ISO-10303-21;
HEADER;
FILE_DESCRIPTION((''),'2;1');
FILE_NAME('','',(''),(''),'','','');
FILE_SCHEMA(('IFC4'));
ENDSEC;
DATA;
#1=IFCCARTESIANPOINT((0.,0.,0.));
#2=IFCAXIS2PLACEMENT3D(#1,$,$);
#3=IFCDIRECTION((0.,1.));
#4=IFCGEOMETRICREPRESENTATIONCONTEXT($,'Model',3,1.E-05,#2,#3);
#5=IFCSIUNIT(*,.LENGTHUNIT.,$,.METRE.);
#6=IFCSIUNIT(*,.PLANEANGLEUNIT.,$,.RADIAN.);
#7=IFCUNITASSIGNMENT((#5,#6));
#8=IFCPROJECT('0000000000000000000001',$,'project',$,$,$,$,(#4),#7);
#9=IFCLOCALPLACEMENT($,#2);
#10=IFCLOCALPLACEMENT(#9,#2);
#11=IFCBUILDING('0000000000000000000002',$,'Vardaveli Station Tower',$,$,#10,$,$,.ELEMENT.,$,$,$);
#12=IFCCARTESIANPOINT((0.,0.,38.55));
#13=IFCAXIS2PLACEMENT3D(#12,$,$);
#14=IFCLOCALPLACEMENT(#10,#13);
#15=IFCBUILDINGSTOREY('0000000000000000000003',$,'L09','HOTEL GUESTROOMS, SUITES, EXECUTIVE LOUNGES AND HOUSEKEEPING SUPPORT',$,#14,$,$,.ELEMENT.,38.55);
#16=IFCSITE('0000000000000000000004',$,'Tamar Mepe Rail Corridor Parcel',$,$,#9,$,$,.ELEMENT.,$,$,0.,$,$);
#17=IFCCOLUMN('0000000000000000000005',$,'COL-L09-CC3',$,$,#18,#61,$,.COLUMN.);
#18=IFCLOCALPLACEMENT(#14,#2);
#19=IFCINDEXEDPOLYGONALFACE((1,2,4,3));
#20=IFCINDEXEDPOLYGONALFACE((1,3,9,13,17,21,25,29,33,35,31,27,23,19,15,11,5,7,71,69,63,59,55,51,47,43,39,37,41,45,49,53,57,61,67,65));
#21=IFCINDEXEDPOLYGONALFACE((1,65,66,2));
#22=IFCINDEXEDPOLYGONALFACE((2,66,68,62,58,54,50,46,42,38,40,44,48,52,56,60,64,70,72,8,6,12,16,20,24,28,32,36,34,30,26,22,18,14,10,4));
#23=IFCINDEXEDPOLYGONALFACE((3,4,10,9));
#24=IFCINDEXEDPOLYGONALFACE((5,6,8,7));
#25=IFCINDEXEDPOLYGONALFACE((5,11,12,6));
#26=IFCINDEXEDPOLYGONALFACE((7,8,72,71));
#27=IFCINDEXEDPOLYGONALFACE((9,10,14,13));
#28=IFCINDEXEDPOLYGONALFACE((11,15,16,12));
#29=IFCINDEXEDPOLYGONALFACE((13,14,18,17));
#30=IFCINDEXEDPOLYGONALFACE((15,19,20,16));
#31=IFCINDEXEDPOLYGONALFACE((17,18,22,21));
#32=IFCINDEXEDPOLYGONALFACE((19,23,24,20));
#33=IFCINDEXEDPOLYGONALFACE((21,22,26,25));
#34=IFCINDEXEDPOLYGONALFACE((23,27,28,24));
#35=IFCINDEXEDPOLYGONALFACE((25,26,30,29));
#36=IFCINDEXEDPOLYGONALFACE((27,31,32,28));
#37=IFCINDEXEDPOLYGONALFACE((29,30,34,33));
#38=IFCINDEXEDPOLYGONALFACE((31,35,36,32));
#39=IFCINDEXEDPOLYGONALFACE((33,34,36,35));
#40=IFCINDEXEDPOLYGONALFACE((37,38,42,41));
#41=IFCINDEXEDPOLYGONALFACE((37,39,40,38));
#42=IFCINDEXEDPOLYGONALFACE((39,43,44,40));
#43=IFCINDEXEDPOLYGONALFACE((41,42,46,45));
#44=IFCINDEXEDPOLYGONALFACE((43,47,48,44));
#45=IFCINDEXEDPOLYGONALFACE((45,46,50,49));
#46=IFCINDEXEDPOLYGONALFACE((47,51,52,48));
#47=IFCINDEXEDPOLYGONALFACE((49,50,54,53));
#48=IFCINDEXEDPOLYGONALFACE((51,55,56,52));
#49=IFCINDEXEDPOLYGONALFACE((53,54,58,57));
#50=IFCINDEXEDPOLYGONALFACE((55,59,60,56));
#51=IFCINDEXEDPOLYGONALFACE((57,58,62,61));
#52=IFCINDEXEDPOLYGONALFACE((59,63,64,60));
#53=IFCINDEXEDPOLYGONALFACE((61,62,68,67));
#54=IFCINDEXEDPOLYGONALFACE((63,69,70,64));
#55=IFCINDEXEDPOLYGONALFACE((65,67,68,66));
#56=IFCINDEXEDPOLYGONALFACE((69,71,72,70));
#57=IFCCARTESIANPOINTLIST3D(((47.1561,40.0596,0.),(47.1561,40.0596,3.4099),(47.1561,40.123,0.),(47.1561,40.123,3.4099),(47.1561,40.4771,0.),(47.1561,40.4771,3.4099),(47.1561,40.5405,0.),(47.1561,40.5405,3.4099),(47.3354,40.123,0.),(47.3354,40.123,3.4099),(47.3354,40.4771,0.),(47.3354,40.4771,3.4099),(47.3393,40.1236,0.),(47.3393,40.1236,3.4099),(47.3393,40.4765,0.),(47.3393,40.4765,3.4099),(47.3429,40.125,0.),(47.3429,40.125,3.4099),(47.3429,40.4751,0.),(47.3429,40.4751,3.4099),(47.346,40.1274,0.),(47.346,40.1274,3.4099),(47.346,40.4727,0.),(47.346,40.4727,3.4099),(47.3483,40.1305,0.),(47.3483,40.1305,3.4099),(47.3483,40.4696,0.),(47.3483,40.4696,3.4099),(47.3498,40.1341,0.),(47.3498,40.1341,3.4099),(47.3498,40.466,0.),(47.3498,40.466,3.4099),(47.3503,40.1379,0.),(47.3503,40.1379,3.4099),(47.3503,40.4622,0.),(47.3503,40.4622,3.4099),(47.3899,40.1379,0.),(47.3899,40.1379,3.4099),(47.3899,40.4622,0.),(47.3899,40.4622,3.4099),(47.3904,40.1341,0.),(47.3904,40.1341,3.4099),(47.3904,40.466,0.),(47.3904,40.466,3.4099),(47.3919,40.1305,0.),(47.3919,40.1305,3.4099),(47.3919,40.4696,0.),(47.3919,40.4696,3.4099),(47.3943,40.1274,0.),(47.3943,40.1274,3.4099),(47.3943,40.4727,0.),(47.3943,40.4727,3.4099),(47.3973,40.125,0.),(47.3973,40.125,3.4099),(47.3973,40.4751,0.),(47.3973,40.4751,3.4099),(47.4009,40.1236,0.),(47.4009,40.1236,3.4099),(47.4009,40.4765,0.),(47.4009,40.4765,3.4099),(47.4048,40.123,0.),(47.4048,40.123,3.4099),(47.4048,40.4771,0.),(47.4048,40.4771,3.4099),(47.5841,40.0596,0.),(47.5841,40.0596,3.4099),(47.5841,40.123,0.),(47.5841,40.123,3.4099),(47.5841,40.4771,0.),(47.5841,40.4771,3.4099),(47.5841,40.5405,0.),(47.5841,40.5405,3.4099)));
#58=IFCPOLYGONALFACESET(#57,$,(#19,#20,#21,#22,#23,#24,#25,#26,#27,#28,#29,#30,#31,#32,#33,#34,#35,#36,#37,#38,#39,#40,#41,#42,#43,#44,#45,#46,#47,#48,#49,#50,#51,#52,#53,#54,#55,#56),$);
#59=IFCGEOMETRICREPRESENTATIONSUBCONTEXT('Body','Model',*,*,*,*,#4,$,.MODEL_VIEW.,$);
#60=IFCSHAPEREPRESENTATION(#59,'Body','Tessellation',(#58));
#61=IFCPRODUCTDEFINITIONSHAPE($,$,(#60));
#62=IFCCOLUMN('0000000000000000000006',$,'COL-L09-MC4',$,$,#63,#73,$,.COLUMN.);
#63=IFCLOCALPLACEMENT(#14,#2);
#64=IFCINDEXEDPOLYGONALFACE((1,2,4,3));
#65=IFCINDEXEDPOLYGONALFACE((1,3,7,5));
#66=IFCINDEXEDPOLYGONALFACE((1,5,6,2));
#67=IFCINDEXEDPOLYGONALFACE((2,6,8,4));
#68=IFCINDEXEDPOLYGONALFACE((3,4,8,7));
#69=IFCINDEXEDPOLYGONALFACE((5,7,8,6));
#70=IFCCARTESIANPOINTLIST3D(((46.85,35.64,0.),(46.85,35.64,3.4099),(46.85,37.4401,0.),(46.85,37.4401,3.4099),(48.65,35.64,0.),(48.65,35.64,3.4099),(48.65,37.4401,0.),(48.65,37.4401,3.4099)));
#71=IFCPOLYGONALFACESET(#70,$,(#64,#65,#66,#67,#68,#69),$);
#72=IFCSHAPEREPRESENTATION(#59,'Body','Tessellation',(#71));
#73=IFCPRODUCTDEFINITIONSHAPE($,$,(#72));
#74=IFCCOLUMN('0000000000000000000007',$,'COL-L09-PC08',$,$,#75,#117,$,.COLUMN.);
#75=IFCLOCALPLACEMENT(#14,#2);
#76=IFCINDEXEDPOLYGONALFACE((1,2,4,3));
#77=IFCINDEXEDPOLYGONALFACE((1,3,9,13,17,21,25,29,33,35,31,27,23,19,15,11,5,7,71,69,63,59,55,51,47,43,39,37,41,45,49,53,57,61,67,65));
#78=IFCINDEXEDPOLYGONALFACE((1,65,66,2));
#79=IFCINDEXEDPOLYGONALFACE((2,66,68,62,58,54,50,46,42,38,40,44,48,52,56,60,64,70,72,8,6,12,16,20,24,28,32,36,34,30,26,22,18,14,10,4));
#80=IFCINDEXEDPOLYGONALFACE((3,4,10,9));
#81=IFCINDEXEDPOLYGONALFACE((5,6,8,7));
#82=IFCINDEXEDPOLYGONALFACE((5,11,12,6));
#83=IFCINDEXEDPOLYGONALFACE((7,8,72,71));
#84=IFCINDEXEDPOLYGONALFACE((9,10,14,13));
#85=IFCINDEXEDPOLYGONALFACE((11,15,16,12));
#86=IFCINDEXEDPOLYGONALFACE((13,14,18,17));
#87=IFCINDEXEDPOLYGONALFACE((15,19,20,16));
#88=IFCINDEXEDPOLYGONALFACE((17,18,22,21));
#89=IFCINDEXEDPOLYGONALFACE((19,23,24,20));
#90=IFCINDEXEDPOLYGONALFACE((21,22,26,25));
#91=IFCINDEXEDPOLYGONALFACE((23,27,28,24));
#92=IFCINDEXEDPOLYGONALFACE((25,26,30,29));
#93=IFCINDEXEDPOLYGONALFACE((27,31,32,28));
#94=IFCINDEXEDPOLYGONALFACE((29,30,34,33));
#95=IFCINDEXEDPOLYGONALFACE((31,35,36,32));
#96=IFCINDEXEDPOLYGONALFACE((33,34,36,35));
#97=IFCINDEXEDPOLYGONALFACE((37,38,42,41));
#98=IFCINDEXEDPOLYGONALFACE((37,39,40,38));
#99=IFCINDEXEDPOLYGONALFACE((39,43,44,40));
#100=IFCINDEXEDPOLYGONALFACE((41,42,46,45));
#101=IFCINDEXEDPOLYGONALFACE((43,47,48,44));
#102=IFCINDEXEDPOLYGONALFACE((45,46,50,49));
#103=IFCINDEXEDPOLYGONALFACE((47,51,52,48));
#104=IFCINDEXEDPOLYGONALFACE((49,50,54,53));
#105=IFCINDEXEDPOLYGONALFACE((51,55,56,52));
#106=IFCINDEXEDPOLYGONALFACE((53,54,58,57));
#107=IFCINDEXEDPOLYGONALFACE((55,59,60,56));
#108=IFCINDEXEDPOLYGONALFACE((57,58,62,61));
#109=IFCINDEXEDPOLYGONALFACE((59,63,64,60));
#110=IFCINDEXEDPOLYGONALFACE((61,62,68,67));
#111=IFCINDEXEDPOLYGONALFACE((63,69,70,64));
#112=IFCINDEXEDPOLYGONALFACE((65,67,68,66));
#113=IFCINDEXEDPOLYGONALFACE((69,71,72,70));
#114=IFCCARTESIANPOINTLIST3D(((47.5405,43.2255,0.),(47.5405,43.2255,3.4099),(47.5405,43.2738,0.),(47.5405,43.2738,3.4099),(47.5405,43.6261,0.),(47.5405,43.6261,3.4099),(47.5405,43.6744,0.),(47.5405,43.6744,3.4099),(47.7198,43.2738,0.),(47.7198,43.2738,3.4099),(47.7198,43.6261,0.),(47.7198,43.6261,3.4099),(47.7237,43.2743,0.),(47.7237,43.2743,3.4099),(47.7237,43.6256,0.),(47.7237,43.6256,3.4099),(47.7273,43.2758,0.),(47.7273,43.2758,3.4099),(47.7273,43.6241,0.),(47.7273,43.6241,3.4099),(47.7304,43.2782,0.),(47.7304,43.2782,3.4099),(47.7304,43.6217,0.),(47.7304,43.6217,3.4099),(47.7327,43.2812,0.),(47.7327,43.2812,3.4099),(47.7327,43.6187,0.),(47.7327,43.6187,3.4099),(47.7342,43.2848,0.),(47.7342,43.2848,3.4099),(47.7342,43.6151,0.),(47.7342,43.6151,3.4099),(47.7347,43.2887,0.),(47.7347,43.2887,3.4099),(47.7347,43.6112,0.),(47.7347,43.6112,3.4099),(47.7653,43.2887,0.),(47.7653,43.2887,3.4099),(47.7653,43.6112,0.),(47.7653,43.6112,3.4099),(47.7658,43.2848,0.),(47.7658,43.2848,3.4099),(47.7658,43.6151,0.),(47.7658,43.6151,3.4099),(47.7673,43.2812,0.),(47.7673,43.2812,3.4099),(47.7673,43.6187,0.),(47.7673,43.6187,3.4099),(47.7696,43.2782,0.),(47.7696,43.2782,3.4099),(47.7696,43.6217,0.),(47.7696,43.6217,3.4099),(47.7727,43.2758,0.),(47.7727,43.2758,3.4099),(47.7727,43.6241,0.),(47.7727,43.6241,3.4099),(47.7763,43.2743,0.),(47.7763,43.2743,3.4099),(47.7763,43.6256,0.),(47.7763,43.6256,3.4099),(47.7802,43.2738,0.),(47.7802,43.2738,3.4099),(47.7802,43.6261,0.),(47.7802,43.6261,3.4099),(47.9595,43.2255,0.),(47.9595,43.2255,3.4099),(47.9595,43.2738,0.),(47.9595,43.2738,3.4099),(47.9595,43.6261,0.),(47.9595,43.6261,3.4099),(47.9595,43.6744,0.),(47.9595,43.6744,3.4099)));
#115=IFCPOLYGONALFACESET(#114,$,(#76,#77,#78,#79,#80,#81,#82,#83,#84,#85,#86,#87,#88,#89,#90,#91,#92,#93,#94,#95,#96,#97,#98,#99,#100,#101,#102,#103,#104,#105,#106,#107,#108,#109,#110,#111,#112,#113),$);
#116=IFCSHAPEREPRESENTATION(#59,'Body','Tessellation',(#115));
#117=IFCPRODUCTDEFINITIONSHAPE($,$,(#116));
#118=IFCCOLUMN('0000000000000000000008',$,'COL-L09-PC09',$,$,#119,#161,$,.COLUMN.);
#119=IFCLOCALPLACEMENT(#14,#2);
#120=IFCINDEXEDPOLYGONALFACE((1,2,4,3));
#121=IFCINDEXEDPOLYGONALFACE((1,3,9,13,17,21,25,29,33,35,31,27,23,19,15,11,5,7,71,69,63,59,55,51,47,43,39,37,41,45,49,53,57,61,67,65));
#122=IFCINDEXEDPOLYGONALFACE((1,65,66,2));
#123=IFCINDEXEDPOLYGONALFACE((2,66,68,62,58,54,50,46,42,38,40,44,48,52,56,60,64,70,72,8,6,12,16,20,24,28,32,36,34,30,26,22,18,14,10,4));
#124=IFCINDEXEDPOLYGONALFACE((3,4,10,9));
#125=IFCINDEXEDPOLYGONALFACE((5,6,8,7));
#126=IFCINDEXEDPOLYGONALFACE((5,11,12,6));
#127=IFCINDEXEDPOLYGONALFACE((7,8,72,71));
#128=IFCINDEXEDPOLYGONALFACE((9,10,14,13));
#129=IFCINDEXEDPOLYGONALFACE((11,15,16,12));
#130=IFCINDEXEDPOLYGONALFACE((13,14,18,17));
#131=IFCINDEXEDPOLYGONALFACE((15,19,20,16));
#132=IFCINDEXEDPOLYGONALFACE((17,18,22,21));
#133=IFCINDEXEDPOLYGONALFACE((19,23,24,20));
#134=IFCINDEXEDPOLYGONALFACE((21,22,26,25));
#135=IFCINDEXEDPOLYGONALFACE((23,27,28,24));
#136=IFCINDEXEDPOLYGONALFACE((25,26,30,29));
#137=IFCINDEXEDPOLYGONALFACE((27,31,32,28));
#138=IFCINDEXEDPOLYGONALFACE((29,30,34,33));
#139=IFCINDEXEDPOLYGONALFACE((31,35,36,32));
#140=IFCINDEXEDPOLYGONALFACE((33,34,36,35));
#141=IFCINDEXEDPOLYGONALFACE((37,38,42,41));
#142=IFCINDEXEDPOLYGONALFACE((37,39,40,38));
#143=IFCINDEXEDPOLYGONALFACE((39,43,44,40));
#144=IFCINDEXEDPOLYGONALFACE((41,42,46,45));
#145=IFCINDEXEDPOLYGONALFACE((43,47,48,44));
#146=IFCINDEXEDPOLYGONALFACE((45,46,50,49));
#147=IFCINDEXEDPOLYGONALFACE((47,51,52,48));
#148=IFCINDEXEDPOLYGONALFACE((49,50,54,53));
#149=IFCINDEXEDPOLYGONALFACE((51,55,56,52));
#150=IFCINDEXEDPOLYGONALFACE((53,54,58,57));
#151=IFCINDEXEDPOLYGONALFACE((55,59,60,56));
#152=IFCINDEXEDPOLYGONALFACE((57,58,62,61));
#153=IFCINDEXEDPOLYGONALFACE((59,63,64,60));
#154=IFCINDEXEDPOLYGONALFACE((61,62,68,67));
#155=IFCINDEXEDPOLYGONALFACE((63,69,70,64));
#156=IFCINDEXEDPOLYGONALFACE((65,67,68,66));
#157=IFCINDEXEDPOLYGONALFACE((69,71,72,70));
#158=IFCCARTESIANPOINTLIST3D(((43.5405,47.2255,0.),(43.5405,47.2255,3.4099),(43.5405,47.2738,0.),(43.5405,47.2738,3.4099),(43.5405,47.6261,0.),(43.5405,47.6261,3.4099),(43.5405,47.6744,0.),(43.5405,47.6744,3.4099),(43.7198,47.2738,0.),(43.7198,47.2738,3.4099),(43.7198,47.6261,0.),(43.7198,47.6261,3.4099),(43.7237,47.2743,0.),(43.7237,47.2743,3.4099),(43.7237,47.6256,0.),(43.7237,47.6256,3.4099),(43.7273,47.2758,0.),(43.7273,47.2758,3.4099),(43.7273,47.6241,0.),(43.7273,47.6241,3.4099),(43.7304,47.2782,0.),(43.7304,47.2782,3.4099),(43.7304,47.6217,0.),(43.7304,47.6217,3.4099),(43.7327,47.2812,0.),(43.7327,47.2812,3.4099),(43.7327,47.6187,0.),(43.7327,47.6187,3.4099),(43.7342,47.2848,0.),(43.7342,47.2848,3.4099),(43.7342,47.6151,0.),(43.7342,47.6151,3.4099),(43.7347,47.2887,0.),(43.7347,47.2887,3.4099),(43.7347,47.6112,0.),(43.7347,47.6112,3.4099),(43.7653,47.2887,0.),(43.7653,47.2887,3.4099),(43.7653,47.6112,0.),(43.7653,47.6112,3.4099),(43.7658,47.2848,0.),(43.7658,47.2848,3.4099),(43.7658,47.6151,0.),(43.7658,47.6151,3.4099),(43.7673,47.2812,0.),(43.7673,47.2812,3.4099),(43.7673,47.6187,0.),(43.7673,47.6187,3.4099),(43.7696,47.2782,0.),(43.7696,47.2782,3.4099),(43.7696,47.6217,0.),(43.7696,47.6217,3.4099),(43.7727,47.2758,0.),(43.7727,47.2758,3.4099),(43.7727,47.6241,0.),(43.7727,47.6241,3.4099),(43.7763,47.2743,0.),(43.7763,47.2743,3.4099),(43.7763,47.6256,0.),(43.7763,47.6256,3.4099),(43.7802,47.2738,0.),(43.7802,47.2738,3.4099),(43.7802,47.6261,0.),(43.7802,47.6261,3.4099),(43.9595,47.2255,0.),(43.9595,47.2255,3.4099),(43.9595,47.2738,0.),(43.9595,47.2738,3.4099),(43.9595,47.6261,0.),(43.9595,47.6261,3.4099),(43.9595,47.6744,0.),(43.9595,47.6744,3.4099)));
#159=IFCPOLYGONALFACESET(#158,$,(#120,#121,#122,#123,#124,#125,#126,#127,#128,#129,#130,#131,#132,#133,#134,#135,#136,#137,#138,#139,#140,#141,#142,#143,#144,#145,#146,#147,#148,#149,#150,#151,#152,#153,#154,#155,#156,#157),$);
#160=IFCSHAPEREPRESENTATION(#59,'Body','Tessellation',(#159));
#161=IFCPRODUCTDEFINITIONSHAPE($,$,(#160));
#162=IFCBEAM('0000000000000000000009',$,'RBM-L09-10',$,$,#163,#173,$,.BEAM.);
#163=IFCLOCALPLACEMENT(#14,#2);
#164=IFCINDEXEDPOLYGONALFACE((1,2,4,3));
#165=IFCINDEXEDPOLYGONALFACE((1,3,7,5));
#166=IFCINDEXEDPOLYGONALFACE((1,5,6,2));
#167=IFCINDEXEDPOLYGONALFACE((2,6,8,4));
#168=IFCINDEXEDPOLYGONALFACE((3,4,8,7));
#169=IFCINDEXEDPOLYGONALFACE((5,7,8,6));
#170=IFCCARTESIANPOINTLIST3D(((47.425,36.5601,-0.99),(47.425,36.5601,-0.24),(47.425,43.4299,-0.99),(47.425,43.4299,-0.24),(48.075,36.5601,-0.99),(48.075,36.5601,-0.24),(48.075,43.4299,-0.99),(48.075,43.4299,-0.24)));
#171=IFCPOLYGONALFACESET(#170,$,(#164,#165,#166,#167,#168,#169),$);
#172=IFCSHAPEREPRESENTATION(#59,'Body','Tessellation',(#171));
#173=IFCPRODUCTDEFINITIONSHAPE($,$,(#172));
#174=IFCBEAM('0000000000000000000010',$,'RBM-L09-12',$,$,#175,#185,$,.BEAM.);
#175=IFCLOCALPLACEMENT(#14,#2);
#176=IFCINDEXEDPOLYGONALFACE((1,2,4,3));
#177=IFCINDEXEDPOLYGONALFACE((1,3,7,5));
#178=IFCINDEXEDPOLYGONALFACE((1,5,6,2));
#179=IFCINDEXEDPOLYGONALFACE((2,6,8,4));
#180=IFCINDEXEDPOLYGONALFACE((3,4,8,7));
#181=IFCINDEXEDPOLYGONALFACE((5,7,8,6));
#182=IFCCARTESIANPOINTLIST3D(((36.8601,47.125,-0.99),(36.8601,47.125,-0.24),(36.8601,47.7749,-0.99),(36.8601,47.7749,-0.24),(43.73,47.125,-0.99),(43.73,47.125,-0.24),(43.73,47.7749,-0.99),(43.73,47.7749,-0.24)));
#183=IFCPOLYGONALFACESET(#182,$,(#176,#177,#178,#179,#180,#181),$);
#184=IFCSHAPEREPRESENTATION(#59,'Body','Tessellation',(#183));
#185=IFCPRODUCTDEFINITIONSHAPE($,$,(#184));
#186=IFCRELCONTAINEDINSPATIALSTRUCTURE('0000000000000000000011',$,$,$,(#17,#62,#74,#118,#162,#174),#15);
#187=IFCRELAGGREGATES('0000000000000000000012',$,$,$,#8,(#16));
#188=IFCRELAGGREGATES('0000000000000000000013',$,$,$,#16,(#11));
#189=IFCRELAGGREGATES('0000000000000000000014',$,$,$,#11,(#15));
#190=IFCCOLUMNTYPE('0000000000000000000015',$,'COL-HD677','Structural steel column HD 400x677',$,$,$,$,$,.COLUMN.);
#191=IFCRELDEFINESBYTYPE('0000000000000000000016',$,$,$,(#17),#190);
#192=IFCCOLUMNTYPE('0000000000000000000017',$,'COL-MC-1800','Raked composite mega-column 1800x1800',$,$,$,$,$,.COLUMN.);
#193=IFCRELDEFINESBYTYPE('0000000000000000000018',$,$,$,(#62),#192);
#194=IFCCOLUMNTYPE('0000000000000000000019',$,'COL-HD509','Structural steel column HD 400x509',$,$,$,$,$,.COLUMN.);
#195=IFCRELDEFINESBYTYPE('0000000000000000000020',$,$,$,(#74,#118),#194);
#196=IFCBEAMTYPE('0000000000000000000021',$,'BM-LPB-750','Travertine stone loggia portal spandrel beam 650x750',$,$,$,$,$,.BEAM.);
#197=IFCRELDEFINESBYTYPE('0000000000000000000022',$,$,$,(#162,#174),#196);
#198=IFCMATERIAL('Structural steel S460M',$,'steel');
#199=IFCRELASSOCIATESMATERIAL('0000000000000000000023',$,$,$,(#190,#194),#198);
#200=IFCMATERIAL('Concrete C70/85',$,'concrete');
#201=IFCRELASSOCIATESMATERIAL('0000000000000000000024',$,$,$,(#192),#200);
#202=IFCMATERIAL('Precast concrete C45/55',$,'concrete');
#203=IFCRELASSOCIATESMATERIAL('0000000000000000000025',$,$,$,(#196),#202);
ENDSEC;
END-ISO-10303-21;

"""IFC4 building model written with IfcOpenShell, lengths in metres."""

from ifc_helpers import new_model, si_unit, direction, frame, origin, origin_2d, place, context, subcontext, project, spatial, rectangle, i_section, extrude, source, transform, mapped, material, material_profile, profile_set, type_object, element, save


model = new_model("IFC4")

# Units and contexts
model_context = context("Model", 3, precision=1e-05, world=origin(), true_north=direction((0.0, 1.0)))
body_context = subcontext(model_context, "Body", "Model", "MODEL_VIEW")
ifc_project = project(units=[si_unit("LENGTHUNIT", "METRE"), si_unit("PLANEANGLEUNIT", "RADIAN")], contexts=[model_context])

# Site, building, storey
site_placement = place(None, origin())
site = spatial("IfcSite", under=ifc_project, at=site_placement, Name="Tamar Mepe Rail Corridor Parcel", CompositionType="ELEMENT", RefElevation=0.0)
building_placement = place(site_placement, origin())
building = spatial("IfcBuilding", under=site, at=building_placement, Name="Vardaveli Station Tower", CompositionType="ELEMENT")
storey_placement = place(building_placement, frame((0.0, 0.0, 38.55)))
storey = spatial("IfcBuildingStorey", under=building, at=storey_placement, Name="L09", Description="HOTEL GUESTROOMS, SUITES, EXECUTIVE LOUNGES AND HOUSEKEEPING SUPPORT", CompositionType="ELEMENT", Elevation=38.55)

# Columns
ifc_material_1 = material(Name="Structural steel S460M", Category="steel")
ifc_material_profile_1 = material_profile(ifc_material_1, i_section(OverallWidth=0.428, OverallDepth=0.481, WebThickness=0.0396, FlangeThickness=0.0635, FilletRadius=0.0149, at=origin_2d()), Name="HD 400x677")
ifc_profile_set_1 = profile_set([ifc_material_profile_1], Name="Structural steel S460M")
column_type_1 = type_object("IfcColumnType", Name="COL-HD677", Description="Structural steel column HD 400x677", PredefinedType="COLUMN", material=ifc_profile_set_1)
shared_shape_1 = source(origin(), body_context, "Body", "SweptSolid", [
    extrude(i_section(OverallWidth=0.428, OverallDepth=0.481, WebThickness=0.0396, FlangeThickness=0.0635, FilletRadius=0.0149, at=origin_2d()), origin(), (0.0, 0.0, 1.0), 3.4099),
])
column_1_placement = place(storey_placement, frame((47.3701, 40.3, 0.0), z_axis=(0.0, 0.0, 1.0), x_axis=(1.0, 0.0, 0.0)))
element("IfcColumn", 1, at=column_1_placement, inside=storey, type_object=column_type_1, Name="COL-L09-CC3", PredefinedType="COLUMN", context=body_context, shape_type="MappedRepresentation", body=[
    mapped(shared_shape_1, transform((0.0, 0.0, 0.0), scale=1.0)),
])
ifc_material_2 = material(Name="Concrete C70/85", Category="concrete")
ifc_material_profile_2 = material_profile(ifc_material_2, rectangle(XDim=1.8, YDim=1.8, at=origin_2d()), Name="MC 1800x1800")
ifc_profile_set_2 = profile_set([ifc_material_profile_2], Name="Concrete C70/85")
column_type_2 = type_object("IfcColumnType", Name="COL-MC-1800", Description="Raked composite mega-column 1800x1800", PredefinedType="COLUMN", material=ifc_profile_set_2)
shared_shape_2 = source(origin(), body_context, "Body", "SweptSolid", [
    extrude(rectangle(XDim=1.8, YDim=1.8, at=origin_2d()), origin(), (0.0, 0.0, 1.0), 3.4099),
])
column_2_placement = place(storey_placement, frame((47.75, 36.54, 0.0), z_axis=(0.0, 0.0, 1.0), x_axis=(1.0, 0.0, 0.0)))
element("IfcColumn", 2, at=column_2_placement, inside=storey, type_object=column_type_2, Name="COL-L09-MC4", PredefinedType="COLUMN", context=body_context, shape_type="MappedRepresentation", body=[
    mapped(shared_shape_2, transform((0.0, 0.0, 0.0), scale=1.0)),
])
ifc_material_profile_3 = material_profile(ifc_material_1, i_section(OverallWidth=0.4189, OverallDepth=0.449, WebThickness=0.0305, FlangeThickness=0.0483, FilletRadius=0.0149, at=origin_2d()), Name="HD 400x509")
ifc_profile_set_3 = profile_set([ifc_material_profile_3], Name="Structural steel S460M")
column_type_3 = type_object("IfcColumnType", Name="COL-HD509", Description="Structural steel column HD 400x509", PredefinedType="COLUMN", material=ifc_profile_set_3)
shared_shape_3 = source(origin(), body_context, "Body", "SweptSolid", [
    extrude(i_section(OverallWidth=0.4189, OverallDepth=0.449, WebThickness=0.0305, FlangeThickness=0.0483, FilletRadius=0.0149, at=origin_2d()), origin(), (0.0, 0.0, 1.0), 3.4099),
])
for number, where, z_axis, x_axis, name in (
    (3, (47.75, 43.45, 0.0), (0.0, 0.0, 1.0), (1.0, 0.0, 0.0), "COL-L09-PC08"),
    (4, (43.75, 47.45, 0.0), (0.0, 0.0, 1.0), (1.0, 0.0, 0.0), "COL-L09-PC09"),
):
    element("IfcColumn", number, at=place(storey_placement, frame(where, z_axis=z_axis, x_axis=x_axis)), inside=storey, type_object=column_type_3, Name=name, PredefinedType="COLUMN", context=body_context, shape_type="MappedRepresentation", body=[
        mapped(shared_shape_3, transform((0.0, 0.0, 0.0), scale=1.0)),
    ])

# Beams
ifc_material_3 = material(Name="Precast concrete C45/55", Category="concrete")
ifc_material_profile_4 = material_profile(ifc_material_3, rectangle(XDim=0.6499, YDim=0.75, at=origin_2d()), Name="LPB 650x750")
ifc_profile_set_4 = profile_set([ifc_material_profile_4], Name="Precast concrete C45/55")
beam_type = type_object("IfcBeamType", Name="BM-LPB-750", Description="Travertine stone loggia portal spandrel beam 650x750", PredefinedType="BEAM", material=ifc_profile_set_4)
shared_shape_4 = source(origin(), body_context, "Body", "SweptSolid", [
    extrude(rectangle(XDim=0.6499, YDim=0.75, at=origin_2d()), origin(), (0.0, 0.0, 1.0), 6.8699),
])
for number, where, z_axis, x_axis, name in (
    (5, (47.75, 36.5601, -0.615), (0.0, 1.0, 0.0), (-1.0, 0.0, 0.0), "RBM-L09-10"),
    (6, (43.73, 47.45, -0.615), (-1.0, 0.0, 0.0), (0.0, -1.0, 0.0), "RBM-L09-12"),
):
    element("IfcBeam", number, at=place(storey_placement, frame(where, z_axis=z_axis, x_axis=x_axis)), inside=storey, type_object=beam_type, Name=name, PredefinedType="BEAM", context=body_context, shape_type="MappedRepresentation", body=[
        mapped(shared_shape_4, transform((0.0, 0.0, 0.0), scale=1.0)),
    ])

save(model, "model.ifc")
